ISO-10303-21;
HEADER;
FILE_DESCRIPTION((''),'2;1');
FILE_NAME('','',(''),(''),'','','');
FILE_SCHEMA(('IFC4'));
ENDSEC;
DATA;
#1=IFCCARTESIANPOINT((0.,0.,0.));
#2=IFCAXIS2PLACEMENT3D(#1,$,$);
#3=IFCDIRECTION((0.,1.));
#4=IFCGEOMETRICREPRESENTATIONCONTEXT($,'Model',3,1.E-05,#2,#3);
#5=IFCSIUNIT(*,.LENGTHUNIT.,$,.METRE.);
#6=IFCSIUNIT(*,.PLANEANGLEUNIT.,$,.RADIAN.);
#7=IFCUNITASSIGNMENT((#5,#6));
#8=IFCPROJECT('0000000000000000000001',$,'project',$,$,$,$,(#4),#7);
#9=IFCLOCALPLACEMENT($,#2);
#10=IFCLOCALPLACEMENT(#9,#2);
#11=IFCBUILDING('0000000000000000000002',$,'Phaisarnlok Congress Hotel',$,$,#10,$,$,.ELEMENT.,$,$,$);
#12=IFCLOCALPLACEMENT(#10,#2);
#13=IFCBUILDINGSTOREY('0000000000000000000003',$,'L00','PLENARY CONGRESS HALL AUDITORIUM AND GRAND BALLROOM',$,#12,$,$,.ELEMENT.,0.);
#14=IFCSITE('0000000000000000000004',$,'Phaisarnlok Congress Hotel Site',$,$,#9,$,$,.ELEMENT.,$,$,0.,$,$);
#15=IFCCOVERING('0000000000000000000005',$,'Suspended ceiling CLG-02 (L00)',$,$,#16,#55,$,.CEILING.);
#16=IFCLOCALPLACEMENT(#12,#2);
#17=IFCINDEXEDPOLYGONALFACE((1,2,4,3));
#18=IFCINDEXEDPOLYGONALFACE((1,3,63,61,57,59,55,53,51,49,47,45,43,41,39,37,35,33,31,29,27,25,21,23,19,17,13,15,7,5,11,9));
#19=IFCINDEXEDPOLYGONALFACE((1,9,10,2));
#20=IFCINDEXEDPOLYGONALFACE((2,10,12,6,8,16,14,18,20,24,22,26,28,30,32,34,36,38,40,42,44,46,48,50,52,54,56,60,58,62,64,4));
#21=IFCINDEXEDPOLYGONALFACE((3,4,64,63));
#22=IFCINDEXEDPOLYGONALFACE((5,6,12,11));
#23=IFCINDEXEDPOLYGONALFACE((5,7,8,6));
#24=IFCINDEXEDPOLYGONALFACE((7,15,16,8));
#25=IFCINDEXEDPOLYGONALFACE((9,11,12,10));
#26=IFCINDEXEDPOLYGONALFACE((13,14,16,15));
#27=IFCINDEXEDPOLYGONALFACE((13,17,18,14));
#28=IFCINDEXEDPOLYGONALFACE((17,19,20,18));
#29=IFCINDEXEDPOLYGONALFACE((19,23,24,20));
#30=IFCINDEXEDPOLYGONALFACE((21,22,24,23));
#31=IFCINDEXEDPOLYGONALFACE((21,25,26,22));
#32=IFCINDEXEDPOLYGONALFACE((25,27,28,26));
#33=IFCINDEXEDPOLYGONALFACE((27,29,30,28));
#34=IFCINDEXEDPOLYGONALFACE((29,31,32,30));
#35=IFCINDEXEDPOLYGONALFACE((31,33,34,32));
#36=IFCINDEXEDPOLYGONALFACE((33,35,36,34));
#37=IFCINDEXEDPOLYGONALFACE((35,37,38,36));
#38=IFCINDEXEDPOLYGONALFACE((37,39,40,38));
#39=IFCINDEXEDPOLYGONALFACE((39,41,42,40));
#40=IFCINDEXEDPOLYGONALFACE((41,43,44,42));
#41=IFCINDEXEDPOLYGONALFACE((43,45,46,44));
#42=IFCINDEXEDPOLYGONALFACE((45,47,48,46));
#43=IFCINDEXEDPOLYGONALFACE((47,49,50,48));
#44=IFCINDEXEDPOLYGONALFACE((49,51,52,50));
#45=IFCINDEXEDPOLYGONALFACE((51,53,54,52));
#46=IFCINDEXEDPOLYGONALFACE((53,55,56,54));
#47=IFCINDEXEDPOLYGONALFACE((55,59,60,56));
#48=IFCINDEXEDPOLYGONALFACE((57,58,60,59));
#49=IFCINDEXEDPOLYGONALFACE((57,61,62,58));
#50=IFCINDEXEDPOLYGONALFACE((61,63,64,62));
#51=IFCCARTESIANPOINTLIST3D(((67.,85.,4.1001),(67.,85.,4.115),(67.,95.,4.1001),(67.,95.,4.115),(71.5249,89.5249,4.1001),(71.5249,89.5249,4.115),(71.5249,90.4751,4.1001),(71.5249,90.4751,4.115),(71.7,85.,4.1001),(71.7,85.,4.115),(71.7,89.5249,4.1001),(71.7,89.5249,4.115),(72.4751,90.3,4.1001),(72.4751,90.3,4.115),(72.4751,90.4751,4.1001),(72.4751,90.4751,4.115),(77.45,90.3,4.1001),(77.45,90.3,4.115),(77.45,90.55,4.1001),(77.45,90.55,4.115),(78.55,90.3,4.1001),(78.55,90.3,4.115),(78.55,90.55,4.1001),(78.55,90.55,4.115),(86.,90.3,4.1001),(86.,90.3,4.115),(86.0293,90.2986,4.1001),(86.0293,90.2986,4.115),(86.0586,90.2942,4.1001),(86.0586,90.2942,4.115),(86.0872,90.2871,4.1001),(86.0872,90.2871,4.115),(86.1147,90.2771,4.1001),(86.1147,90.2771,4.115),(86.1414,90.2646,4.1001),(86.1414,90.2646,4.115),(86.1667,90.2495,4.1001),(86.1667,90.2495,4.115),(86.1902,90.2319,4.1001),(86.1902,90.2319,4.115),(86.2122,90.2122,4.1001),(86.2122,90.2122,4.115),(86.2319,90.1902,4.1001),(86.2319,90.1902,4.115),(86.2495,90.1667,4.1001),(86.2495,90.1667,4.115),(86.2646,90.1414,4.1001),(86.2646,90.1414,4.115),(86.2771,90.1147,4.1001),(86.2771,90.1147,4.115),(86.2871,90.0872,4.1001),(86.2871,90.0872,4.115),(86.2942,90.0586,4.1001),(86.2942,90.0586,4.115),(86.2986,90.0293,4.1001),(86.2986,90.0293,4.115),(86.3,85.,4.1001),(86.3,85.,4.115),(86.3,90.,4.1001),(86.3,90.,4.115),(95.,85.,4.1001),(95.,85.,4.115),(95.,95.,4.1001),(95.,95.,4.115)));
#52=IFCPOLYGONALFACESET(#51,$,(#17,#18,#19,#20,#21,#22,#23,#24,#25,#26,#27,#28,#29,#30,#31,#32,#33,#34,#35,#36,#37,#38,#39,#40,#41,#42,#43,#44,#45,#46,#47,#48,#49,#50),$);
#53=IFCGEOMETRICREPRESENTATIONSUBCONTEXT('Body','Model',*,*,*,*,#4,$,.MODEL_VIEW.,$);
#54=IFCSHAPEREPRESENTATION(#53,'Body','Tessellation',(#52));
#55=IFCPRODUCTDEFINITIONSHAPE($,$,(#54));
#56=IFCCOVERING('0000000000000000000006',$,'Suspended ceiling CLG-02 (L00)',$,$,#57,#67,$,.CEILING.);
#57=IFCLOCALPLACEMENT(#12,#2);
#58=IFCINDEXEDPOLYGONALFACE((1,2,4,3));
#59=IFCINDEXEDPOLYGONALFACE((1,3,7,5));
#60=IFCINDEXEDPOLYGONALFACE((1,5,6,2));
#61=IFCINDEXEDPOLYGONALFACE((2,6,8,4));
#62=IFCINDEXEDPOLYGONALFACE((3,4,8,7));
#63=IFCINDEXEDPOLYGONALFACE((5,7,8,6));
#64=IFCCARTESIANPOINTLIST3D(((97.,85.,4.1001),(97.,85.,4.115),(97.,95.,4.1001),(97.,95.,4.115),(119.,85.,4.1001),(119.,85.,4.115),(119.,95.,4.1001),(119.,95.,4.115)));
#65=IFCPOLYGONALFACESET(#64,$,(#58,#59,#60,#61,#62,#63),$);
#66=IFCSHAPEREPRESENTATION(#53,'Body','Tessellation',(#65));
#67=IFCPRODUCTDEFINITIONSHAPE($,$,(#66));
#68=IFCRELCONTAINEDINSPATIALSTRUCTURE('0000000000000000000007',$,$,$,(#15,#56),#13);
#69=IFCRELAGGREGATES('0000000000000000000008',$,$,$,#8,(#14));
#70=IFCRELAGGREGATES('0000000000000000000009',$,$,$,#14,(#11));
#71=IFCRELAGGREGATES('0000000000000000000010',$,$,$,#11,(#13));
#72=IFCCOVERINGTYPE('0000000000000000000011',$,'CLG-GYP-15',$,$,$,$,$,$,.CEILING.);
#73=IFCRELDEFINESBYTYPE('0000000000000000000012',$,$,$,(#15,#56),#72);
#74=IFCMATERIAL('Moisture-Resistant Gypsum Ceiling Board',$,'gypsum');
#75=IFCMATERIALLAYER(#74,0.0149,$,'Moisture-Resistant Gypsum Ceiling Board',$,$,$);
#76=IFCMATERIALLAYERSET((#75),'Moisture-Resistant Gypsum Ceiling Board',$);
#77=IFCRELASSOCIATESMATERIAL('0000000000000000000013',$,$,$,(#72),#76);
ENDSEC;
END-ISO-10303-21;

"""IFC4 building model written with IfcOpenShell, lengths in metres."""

from ifc_helpers import new_model, si_unit, direction, frame, origin, place, context, subcontext, project, spatial, polyline, outline, extrude, material, layer, layer_set, type_object, element, save


model = new_model("IFC4")

# Units and contexts
model_context = context("Model", 3, precision=1e-05, world=origin(), true_north=direction((0.0, 1.0)))
body_context = subcontext(model_context, "Body", "Model", "MODEL_VIEW")
ifc_project = project(units=[si_unit("LENGTHUNIT", "METRE"), si_unit("PLANEANGLEUNIT", "RADIAN")], contexts=[model_context])

# Site, building, storey
site_placement = place(None, origin())
site = spatial("IfcSite", under=ifc_project, at=site_placement, Name="Phaisarnlok Congress Hotel Site", CompositionType="ELEMENT", RefElevation=0.0)
building_placement = place(site_placement, origin())
building = spatial("IfcBuilding", under=site, at=building_placement, Name="Phaisarnlok Congress Hotel", CompositionType="ELEMENT")
storey_placement = place(building_placement, origin())
storey = spatial("IfcBuildingStorey", under=building, at=storey_placement, Name="L00", Description="PLENARY CONGRESS HALL AUDITORIUM AND GRAND BALLROOM", CompositionType="ELEMENT", Elevation=0.0)

# Coverings
ifc_material_1 = material(Name="Moisture-Resistant Gypsum Ceiling Board", Category="gypsum")
ifc_layer_1 = layer(ifc_material_1, 0.0149, Name="Moisture-Resistant Gypsum Ceiling Board")
ifc_layer_set_1 = layer_set([ifc_layer_1], Name="Moisture-Resistant Gypsum Ceiling Board")
covering_type_1 = type_object("IfcCoveringType", Name="CLG-GYP-15", PredefinedType="CEILING", material=ifc_layer_set_1)
covering_1_placement = place(storey_placement, frame((0.0, 0.0, 4.1001)))
element("IfcCovering", 1, at=covering_1_placement, inside=storey, type_object=covering_type_1, Name="Suspended ceiling CLG-02 (L00)", PredefinedType="CEILING", context=body_context, shape_type="SweptSolid", body=[
    extrude(outline(polyline([(86.2942, 90.0586), (86.2871, 90.0872), (86.2771, 90.1147), (86.2646, 90.1414), (86.2495, 90.1667), (86.2319, 90.1902), (86.2122, 90.2122), (86.1902, 90.2319), (86.1667, 90.2495), (86.1414, 90.2646), (86.1147, 90.2771), (86.0872, 90.2871), (86.0586, 90.2942), (86.0293, 90.2986), (86.0, 90.3), (78.55, 90.3), (78.55, 90.55), (77.45, 90.55), (77.45, 90.3), (72.4751, 90.3), (72.4751, 90.4751), (71.5249, 90.4751), (71.5249, 89.5249), (71.7, 89.5249), (71.7, 85.0), (67.0, 85.0), (67.0, 95.0), (95.0, 95.0), (95.0, 85.0), (86.3, 85.0), (86.3, 90.0), (86.2986, 90.0293), (86.2942, 90.0586)])), origin(), (0.0, 0.0, 1.0), 0.0149),
])
covering_2_placement = place(storey_placement, frame((0.0, 0.0, 4.1001)))
element("IfcCovering", 2, at=covering_2_placement, inside=storey, type_object=covering_type_1, Name="Suspended ceiling CLG-02 (L00)", PredefinedType="CEILING", context=body_context, shape_type="SweptSolid", body=[
    extrude(outline(polyline([(119.0, 85.0), (97.0, 85.0), (97.0, 95.0), (119.0, 95.0), (119.0, 85.0)])), origin(), (0.0, 0.0, 1.0), 0.0149),
])

save(model, "model.ifc")
